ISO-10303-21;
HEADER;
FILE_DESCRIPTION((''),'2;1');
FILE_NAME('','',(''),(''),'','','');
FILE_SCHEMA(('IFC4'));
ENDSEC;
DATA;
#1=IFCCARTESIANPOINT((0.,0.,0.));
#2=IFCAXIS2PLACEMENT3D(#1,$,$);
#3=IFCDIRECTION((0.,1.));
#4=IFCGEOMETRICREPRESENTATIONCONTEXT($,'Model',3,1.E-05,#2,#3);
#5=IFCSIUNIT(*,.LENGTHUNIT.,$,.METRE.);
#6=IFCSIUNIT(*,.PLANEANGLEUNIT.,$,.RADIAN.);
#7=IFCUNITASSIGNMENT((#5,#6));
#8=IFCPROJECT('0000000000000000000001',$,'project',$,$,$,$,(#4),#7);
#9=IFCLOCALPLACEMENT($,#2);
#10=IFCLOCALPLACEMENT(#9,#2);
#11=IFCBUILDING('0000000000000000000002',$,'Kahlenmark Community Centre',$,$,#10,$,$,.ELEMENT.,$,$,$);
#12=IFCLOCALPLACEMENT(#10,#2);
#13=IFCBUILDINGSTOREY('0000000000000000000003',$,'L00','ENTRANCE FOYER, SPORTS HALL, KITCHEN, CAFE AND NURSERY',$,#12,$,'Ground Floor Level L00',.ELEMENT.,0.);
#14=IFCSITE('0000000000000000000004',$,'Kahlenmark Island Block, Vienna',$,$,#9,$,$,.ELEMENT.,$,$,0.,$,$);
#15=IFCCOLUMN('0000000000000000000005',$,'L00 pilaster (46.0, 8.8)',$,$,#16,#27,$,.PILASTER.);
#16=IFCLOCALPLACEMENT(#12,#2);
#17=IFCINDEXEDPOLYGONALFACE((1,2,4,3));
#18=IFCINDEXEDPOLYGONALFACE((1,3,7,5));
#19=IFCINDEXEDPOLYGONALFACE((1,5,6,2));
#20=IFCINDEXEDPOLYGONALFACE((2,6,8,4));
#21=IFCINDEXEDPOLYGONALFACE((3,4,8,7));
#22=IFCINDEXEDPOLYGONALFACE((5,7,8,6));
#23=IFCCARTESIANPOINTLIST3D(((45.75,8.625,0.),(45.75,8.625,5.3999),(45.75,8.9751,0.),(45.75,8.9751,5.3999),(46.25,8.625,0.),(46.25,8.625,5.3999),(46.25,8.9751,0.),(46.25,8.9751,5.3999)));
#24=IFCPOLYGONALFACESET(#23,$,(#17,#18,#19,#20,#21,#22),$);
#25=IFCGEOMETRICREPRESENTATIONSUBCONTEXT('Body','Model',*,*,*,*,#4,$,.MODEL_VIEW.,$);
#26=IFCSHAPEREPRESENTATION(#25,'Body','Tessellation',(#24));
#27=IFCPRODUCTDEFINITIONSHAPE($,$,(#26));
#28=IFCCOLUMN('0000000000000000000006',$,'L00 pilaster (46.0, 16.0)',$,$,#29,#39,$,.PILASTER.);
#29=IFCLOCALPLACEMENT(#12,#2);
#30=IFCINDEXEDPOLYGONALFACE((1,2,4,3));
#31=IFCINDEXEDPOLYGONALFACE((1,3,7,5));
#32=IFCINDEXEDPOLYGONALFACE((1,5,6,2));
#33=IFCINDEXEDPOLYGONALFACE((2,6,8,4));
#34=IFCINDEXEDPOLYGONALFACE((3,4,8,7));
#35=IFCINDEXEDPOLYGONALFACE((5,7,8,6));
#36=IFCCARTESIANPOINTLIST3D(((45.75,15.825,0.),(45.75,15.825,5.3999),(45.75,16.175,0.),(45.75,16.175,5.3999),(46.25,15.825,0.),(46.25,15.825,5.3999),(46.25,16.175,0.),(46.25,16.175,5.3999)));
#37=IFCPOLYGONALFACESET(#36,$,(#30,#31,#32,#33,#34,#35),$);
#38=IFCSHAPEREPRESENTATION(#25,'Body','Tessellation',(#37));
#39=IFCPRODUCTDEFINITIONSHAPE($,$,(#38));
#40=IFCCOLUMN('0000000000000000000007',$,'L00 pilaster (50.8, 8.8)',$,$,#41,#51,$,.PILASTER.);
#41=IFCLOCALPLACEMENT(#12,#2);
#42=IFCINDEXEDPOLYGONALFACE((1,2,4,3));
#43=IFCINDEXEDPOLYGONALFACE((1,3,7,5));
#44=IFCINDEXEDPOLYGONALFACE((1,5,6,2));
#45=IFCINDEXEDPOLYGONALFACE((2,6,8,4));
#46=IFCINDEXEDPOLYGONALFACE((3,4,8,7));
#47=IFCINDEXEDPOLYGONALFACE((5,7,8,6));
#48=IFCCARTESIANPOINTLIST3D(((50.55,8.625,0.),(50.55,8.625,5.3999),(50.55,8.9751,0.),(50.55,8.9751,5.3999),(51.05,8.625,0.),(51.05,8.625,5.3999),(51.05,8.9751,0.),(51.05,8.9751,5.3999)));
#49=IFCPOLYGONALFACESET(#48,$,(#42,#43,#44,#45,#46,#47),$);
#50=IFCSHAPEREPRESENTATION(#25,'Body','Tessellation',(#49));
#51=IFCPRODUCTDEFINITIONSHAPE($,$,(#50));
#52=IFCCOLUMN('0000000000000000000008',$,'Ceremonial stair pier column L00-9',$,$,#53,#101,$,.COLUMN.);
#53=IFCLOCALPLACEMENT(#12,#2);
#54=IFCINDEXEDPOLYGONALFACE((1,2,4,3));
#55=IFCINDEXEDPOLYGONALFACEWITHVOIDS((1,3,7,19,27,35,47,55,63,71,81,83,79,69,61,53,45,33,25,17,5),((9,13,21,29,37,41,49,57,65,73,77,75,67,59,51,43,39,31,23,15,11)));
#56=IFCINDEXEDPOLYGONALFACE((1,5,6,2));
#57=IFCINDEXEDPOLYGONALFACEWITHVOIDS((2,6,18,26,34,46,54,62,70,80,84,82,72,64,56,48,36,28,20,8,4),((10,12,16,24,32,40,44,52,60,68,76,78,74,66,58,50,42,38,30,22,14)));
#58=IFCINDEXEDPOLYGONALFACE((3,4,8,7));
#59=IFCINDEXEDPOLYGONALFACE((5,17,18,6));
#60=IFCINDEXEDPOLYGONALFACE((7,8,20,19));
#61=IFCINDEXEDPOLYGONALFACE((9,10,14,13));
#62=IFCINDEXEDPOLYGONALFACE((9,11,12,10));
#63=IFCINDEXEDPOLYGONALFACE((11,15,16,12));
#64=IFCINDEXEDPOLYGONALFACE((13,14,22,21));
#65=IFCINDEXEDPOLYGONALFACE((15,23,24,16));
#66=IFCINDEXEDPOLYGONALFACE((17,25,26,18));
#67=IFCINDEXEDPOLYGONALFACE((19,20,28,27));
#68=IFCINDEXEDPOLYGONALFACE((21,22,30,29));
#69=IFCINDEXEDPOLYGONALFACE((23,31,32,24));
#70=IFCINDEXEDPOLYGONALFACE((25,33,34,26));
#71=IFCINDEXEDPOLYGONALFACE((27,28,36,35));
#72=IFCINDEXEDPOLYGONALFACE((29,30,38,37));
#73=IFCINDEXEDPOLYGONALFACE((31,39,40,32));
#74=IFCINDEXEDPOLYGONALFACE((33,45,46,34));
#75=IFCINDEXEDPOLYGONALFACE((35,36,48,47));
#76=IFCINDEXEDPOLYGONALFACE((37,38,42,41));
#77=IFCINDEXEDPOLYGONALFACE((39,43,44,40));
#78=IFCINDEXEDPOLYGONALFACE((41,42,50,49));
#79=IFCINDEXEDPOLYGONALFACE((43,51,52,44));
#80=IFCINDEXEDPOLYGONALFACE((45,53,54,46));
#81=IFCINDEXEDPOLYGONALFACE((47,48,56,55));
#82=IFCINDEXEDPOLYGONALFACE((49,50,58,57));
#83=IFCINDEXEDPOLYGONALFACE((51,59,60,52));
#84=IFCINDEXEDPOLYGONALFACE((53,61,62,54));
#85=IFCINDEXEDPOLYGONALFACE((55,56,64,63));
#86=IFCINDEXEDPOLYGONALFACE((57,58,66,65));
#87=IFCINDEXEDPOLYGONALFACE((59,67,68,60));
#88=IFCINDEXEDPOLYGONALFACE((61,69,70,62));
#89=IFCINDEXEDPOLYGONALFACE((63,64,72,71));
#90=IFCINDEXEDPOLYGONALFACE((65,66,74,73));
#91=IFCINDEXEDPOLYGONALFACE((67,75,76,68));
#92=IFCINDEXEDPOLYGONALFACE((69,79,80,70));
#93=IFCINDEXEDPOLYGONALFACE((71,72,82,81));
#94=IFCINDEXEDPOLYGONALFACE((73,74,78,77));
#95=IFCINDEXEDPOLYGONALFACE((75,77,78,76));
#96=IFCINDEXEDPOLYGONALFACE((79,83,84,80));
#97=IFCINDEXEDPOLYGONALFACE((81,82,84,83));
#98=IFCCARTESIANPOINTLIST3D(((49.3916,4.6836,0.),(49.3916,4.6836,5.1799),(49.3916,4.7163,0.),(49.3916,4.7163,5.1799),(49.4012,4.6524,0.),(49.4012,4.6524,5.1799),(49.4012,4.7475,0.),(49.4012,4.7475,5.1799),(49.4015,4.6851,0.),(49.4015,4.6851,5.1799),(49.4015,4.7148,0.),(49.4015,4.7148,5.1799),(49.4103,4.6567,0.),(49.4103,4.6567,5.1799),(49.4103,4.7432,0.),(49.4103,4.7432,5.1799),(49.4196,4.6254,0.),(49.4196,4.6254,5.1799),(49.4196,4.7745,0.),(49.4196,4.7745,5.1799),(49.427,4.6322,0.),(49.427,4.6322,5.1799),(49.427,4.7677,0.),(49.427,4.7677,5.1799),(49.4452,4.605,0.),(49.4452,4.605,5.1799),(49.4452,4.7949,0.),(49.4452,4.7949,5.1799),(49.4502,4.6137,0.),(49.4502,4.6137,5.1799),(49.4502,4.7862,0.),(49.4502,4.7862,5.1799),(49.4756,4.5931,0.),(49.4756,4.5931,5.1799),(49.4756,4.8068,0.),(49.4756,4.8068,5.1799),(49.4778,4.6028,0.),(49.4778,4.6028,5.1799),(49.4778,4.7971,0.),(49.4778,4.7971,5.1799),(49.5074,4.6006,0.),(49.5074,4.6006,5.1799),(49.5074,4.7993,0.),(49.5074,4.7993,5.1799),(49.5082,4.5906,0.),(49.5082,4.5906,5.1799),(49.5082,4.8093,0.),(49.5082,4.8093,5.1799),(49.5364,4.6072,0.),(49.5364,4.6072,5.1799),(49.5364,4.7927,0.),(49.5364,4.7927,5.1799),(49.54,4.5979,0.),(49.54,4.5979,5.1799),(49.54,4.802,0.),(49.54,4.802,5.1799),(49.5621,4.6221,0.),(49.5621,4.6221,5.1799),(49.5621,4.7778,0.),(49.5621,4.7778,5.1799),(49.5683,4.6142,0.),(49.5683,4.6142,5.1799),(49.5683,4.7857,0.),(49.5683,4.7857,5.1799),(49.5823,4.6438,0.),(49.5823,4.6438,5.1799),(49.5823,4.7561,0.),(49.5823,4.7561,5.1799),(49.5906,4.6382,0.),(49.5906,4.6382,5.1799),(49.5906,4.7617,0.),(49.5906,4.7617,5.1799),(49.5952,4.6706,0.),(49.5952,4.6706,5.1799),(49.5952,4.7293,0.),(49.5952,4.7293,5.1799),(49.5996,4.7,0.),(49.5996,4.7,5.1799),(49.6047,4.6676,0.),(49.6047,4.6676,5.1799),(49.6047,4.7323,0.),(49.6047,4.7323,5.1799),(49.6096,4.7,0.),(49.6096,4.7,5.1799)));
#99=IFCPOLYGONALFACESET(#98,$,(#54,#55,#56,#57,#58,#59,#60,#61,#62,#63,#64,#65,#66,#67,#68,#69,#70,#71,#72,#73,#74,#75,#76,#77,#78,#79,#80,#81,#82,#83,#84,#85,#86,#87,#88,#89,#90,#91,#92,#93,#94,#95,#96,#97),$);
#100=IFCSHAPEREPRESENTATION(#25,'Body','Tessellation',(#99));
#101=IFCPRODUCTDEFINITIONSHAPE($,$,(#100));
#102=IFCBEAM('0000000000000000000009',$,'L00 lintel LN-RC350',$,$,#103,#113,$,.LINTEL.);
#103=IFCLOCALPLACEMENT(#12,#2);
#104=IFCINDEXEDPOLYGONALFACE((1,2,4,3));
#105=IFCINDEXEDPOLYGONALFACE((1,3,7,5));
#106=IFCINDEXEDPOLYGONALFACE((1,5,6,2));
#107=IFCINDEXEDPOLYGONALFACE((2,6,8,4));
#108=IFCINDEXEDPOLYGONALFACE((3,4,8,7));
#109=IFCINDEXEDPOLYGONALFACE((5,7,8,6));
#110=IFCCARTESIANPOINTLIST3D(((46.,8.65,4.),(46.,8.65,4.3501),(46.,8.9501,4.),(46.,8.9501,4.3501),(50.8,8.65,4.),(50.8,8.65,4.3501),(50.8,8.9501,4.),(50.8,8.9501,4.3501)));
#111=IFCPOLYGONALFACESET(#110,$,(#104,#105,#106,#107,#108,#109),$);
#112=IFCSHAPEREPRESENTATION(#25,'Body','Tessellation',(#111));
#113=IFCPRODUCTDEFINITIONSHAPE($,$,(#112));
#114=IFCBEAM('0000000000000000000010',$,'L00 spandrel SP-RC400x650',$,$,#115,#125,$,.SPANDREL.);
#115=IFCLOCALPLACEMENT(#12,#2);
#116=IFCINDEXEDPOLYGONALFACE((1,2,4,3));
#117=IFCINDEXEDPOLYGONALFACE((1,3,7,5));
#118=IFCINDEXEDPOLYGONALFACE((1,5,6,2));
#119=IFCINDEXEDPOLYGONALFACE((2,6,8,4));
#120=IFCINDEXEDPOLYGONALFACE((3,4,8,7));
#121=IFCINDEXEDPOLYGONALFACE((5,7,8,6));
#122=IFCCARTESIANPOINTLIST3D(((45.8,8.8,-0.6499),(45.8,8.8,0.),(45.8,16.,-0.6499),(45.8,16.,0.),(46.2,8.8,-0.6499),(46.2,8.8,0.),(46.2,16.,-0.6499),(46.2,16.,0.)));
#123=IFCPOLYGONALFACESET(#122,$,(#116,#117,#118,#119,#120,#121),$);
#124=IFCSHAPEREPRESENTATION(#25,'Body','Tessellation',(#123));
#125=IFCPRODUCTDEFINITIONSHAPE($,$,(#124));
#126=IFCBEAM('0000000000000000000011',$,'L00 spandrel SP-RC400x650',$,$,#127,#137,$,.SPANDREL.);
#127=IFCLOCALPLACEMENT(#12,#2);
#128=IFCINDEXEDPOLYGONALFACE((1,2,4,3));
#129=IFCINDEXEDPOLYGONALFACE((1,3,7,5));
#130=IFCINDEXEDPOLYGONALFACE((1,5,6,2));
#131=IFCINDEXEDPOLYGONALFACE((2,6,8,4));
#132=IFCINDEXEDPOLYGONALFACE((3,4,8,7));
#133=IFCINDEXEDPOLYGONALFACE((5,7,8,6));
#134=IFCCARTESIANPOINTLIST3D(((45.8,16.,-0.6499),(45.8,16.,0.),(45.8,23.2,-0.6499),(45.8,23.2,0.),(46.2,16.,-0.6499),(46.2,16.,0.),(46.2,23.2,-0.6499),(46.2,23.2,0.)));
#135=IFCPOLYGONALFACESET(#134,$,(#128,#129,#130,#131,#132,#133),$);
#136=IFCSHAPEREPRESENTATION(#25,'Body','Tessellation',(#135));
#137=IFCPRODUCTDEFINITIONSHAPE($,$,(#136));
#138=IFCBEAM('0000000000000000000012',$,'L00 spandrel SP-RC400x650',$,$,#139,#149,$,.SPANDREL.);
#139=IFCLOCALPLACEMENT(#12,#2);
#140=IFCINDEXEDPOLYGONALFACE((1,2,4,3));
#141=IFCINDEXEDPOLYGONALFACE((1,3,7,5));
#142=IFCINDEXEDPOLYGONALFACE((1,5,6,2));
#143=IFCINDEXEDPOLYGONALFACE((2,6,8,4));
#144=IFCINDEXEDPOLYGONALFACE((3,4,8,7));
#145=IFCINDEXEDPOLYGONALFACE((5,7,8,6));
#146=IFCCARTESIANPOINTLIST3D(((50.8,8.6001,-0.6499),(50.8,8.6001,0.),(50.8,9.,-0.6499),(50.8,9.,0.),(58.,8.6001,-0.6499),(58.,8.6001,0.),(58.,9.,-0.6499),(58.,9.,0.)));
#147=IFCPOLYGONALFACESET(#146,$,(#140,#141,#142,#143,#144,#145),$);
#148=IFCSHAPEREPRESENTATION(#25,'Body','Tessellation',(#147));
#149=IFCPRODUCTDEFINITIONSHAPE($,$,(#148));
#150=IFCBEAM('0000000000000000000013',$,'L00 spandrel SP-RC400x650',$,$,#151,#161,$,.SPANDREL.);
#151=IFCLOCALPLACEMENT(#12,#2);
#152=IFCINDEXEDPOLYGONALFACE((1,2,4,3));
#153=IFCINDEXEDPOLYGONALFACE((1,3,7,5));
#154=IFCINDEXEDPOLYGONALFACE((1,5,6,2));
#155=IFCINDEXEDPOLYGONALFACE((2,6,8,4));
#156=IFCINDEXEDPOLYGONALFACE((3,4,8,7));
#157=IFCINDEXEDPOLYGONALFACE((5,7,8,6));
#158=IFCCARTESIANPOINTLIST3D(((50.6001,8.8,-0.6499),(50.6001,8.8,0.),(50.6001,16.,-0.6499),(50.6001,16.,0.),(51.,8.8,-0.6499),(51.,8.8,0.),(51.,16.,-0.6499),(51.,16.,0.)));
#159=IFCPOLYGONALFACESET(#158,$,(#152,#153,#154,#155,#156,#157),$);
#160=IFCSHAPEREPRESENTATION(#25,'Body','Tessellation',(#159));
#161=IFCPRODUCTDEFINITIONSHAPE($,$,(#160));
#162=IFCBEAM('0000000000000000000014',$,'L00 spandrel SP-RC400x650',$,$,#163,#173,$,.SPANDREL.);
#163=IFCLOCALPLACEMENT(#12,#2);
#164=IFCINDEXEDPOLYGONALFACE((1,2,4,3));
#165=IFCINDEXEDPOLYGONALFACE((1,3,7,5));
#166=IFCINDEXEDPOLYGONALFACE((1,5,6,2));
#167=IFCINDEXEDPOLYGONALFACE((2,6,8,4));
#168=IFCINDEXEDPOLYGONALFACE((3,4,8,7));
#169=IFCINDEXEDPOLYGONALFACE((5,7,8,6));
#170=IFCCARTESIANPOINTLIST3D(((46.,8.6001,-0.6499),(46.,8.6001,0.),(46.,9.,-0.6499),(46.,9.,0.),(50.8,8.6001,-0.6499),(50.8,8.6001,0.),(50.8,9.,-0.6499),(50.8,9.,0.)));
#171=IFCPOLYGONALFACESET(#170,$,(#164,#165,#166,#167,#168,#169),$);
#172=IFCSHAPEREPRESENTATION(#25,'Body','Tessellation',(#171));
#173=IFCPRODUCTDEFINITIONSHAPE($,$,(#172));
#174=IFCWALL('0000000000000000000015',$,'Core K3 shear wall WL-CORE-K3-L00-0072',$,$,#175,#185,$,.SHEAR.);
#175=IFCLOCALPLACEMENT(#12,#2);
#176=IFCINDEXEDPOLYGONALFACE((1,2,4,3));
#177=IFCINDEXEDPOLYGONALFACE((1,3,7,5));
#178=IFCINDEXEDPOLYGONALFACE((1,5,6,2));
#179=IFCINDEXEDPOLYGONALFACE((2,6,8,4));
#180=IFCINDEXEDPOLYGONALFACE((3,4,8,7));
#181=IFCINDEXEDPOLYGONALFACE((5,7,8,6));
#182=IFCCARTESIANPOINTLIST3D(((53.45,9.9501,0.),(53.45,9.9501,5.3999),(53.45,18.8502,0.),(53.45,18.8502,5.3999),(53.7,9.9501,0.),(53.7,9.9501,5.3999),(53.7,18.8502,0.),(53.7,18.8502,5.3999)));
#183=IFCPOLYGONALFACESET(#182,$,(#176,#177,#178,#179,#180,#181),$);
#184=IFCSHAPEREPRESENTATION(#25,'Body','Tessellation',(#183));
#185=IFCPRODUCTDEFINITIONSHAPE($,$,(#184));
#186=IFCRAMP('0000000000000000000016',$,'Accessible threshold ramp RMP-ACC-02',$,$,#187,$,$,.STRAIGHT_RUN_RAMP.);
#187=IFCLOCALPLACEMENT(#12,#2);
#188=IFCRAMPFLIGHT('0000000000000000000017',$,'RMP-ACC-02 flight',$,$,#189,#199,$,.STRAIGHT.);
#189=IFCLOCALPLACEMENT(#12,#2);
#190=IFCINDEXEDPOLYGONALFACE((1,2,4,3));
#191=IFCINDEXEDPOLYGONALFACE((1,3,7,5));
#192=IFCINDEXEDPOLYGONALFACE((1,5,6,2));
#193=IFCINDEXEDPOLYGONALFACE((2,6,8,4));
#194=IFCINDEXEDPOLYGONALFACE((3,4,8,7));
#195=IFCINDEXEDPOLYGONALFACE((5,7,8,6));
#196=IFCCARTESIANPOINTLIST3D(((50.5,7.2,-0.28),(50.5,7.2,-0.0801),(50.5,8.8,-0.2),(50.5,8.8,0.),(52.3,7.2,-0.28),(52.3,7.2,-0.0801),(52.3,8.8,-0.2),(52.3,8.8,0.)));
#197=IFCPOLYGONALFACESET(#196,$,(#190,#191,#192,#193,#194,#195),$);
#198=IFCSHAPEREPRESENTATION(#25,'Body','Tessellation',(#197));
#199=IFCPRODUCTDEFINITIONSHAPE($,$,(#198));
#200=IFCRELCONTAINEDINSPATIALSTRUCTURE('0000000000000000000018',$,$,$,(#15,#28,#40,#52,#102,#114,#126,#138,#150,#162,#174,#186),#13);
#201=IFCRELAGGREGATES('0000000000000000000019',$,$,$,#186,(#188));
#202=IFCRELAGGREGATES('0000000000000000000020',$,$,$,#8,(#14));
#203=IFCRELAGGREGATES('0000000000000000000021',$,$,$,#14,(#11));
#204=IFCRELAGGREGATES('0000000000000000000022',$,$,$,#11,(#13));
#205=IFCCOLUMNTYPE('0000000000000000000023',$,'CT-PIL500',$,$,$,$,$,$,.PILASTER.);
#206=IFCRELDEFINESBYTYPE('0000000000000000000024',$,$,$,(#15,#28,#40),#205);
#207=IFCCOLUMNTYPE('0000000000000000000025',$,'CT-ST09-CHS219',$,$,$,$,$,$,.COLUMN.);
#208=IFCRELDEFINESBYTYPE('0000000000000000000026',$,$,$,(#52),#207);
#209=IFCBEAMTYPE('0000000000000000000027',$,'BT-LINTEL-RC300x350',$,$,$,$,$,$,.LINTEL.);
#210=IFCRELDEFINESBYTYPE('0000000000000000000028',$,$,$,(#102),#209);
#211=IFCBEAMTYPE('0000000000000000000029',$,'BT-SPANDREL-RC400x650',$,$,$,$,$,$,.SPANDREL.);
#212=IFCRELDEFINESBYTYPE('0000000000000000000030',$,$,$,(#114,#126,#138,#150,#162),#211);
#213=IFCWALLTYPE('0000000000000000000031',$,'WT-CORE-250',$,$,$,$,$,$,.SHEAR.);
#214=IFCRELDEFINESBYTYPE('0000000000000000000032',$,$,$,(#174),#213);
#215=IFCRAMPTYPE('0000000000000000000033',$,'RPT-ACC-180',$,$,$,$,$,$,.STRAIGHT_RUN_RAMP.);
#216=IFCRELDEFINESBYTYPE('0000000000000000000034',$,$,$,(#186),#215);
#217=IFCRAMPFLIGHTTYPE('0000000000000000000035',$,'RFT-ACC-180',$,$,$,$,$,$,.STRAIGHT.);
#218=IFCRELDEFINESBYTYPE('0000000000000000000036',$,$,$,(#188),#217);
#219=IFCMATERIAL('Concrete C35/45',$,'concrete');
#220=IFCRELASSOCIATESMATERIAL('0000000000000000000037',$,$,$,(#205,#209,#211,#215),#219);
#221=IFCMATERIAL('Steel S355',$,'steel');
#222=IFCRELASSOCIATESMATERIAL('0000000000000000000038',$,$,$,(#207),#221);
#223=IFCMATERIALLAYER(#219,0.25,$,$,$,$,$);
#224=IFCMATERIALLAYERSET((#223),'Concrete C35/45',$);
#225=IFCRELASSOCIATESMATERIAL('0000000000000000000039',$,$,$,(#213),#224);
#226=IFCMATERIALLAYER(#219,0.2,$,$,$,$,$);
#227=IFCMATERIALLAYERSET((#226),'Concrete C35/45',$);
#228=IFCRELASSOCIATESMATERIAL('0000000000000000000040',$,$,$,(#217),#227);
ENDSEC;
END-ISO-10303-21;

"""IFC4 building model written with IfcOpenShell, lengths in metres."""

from ifc_helpers import new_model, si_unit, direction, frame, frame_2d, origin, origin_2d, place, context, subcontext, project, spatial, polyline, rectangle, hollow_circle, outline, extrude, material, layer, layer_set, material_profile, profile_set, type_object, element, aggregate, save


model = new_model("IFC4")

# Units and contexts
model_context = context("Model", 3, precision=1e-05, world=origin(), true_north=direction((0.0, 1.0)))
body_context = subcontext(model_context, "Body", "Model", "MODEL_VIEW")
ifc_project = project(units=[si_unit("LENGTHUNIT", "METRE"), si_unit("PLANEANGLEUNIT", "RADIAN")], contexts=[model_context])

# Site, building, storey
site_placement = place(None, origin())
site = spatial("IfcSite", under=ifc_project, at=site_placement, Name="Kahlenmark Island Block, Vienna", CompositionType="ELEMENT", RefElevation=0.0)
building_placement = place(site_placement, origin())
building = spatial("IfcBuilding", under=site, at=building_placement, Name="Kahlenmark Community Centre", CompositionType="ELEMENT")
storey_placement = place(building_placement, origin())
storey = spatial("IfcBuildingStorey", under=building, at=storey_placement, Name="L00", Description="ENTRANCE FOYER, SPORTS HALL, KITCHEN, CAFE AND NURSERY", LongName="Ground Floor Level L00", CompositionType="ELEMENT", Elevation=0.0)

# Columns
ifc_material_1 = material(Name="Concrete C35/45", Category="concrete")
ifc_material_profile_1 = material_profile(ifc_material_1, rectangle(XDim=0.5, YDim=0.3501, at=origin_2d()), Name="RC 500x350")
ifc_profile_set_1 = profile_set([ifc_material_profile_1], Name="Concrete C35/45")
column_type_1 = type_object("IfcColumnType", Name="CT-PIL500", PredefinedType="PILASTER", material=ifc_profile_set_1)
for number, where, z_axis, x_axis, name in (
    (1, (46.0, 8.8, 0.0), (0.0, 0.0, 1.0), (1.0, 0.0, 0.0), "L00 pilaster (46.0, 8.8)"),
    (2, (46.0, 16.0, 0.0), (0.0, 0.0, 1.0), (1.0, 0.0, 0.0), "L00 pilaster (46.0, 16.0)"),
    (3, (50.8, 8.8, 0.0), (0.0, 0.0, 1.0), (1.0, 0.0, 0.0), "L00 pilaster (50.8, 8.8)"),
):
    element("IfcColumn", number, at=place(storey_placement, frame(where, z_axis=z_axis, x_axis=x_axis)), inside=storey, type_object=column_type_1, Name=name, PredefinedType="PILASTER", context=body_context, shape_type="SweptSolid", body=[
        extrude(rectangle(XDim=0.5, YDim=0.3501, at=origin_2d()), origin(), (0.0, 0.0, 1.0), 5.3999),
    ])
ifc_material_2 = material(Name="Steel S355", Category="steel")
ifc_material_profile_2 = material_profile(ifc_material_2, hollow_circle(Radius=0.1096, WallThickness=0.01, at=origin_2d()), Name="CHS 219.1x10")
ifc_profile_set_2 = profile_set([ifc_material_profile_2], Name="Steel S355")
column_type_2 = type_object("IfcColumnType", Name="CT-ST09-CHS219", PredefinedType="COLUMN", material=ifc_profile_set_2)
column_placement = place(storey_placement, frame((49.5, 4.7, 0.0), z_axis=(0.0, 0.0, 1.0), x_axis=(1.0, 0.0, 0.0)))
element("IfcColumn", 4, at=column_placement, inside=storey, type_object=column_type_2, Name="Ceremonial stair pier column L00-9", PredefinedType="COLUMN", context=body_context, shape_type="SweptSolid", body=[
    extrude(hollow_circle(Radius=0.1096, WallThickness=0.01, at=origin_2d()), origin(), (0.0, 0.0, 1.0), 5.1799),
])

# Beams
ifc_material_profile_3 = material_profile(ifc_material_1, rectangle(XDim=0.3, YDim=0.3501, at=origin_2d()), Name="RC 300x350")
ifc_profile_set_3 = profile_set([ifc_material_profile_3], Name="Concrete C35/45")
beam_type_1 = type_object("IfcBeamType", Name="BT-LINTEL-RC300x350", PredefinedType="LINTEL", material=ifc_profile_set_3)
beam_1_placement = place(storey_placement, frame((46.0, 8.8, 4.175), z_axis=(1.0, 0.0, 0.0), x_axis=(0.0, 1.0, 0.0)))
element("IfcBeam", 5, at=beam_1_placement, inside=storey, type_object=beam_type_1, Name="L00 lintel LN-RC350", PredefinedType="LINTEL", context=body_context, shape_type="SweptSolid", body=[
    extrude(rectangle(XDim=0.3, YDim=0.3501, at=origin_2d()), origin(), (0.0, 0.0, 1.0), 4.8),
])
ifc_material_profile_4 = material_profile(ifc_material_1, rectangle(XDim=0.3999, YDim=0.6499, at=origin_2d()), Name="RC 400x650")
ifc_profile_set_4 = profile_set([ifc_material_profile_4], Name="Concrete C35/45")
beam_type_2 = type_object("IfcBeamType", Name="BT-SPANDREL-RC400x650", PredefinedType="SPANDREL", material=ifc_profile_set_4)
for number, where, z_axis, x_axis, name in (
    (6, (46.0, 8.8, -0.325), (0.0, 1.0, 0.0), (-1.0, 0.0, 0.0), "L00 spandrel SP-RC400x650"),
    (7, (46.0, 16.0, -0.325), (0.0, 1.0, 0.0), (-1.0, 0.0, 0.0), "L00 spandrel SP-RC400x650"),
    (8, (50.8, 8.8, -0.325), (1.0, 0.0, 0.0), (0.0, 1.0, 0.0), "L00 spandrel SP-RC400x650"),
    (9, (50.8, 8.8, -0.325), (0.0, 1.0, 0.0), (-1.0, 0.0, 0.0), "L00 spandrel SP-RC400x650"),
):
    element("IfcBeam", number, at=place(storey_placement, frame(where, z_axis=z_axis, x_axis=x_axis)), inside=storey, type_object=beam_type_2, Name=name, PredefinedType="SPANDREL", context=body_context, shape_type="SweptSolid", body=[
        extrude(rectangle(XDim=0.3999, YDim=0.6499, at=origin_2d()), origin(), (0.0, 0.0, 1.0), 7.2),
    ])
beam_2_placement = place(storey_placement, frame((46.0, 8.8, -0.325), z_axis=(1.0, 0.0, 0.0), x_axis=(0.0, 1.0, 0.0)))
element("IfcBeam", 10, at=beam_2_placement, inside=storey, type_object=beam_type_2, Name="L00 spandrel SP-RC400x650", PredefinedType="SPANDREL", context=body_context, shape_type="SweptSolid", body=[
    extrude(rectangle(XDim=0.3999, YDim=0.6499, at=origin_2d()), origin(), (0.0, 0.0, 1.0), 4.8),
])

# Wall
ifc_layer_1 = layer(ifc_material_1, 0.25)
ifc_layer_set_1 = layer_set([ifc_layer_1], Name="Concrete C35/45")
wall_type_1 = type_object("IfcWallType", Name="WT-CORE-250", PredefinedType="SHEAR", material=ifc_layer_set_1)
wall_1_placement = place(storey_placement, frame((53.575, 9.95, 0.0), z_axis=(0.0, 0.0, 1.0), x_axis=(0.0, 1.0, 0.0)))
element("IfcWall", 11, at=wall_1_placement, inside=storey, type_object=wall_type_1, Name="Core K3 shear wall WL-CORE-K3-L00-0072", PredefinedType="SHEAR", context=body_context, shape_type="SweptSolid", body=[
    extrude(rectangle(XDim=8.9001, YDim=0.25, at=frame_2d((4.4502, 0.0))), origin(), (0.0, 0.0, 1.0), 5.3999),
])

# Ramp, ramp flight
ramp_type = type_object("IfcRampType", Name="RPT-ACC-180", PredefinedType="STRAIGHT_RUN_RAMP", material=ifc_material_1)
ramp_placement = place(storey_placement, origin())
ramp = element("IfcRamp", 12, at=ramp_placement, inside=storey, type_object=ramp_type, Name="Accessible threshold ramp RMP-ACC-02", PredefinedType="STRAIGHT_RUN_RAMP")
ifc_layer_2 = layer(ifc_material_1, 0.2)
ifc_layer_set_2 = layer_set([ifc_layer_2], Name="Concrete C35/45")
ramp_flight_type = type_object("IfcRampFlightType", Name="RFT-ACC-180", PredefinedType="STRAIGHT", material=ifc_layer_set_2)
ramp_flight_placement = place(storey_placement, frame((51.3999, 7.2, -0.0801), z_axis=(0.0, 0.0, 1.0), x_axis=(0.0, 1.0, 0.0)))
ramp_flight = element("IfcRampFlight", 13, at=ramp_flight_placement, type_object=ramp_flight_type, Name="RMP-ACC-02 flight", PredefinedType="STRAIGHT", context=body_context, shape_type="SweptSolid", body=[
    extrude(outline(polyline([(0.0, 0.0), (1.6001, 0.0801), (1.6001, -0.1199), (0.0, -0.2), (0.0, 0.0)])), frame((0.0, 0.8999, 0.0), z_axis=(0.0, -1.0, 0.0), x_axis=(1.0, 0.0, 0.0)), (0.0, 0.0, 1.0), 1.8),
])
aggregate(ramp, [ramp_flight])

save(model, "model.ifc")
